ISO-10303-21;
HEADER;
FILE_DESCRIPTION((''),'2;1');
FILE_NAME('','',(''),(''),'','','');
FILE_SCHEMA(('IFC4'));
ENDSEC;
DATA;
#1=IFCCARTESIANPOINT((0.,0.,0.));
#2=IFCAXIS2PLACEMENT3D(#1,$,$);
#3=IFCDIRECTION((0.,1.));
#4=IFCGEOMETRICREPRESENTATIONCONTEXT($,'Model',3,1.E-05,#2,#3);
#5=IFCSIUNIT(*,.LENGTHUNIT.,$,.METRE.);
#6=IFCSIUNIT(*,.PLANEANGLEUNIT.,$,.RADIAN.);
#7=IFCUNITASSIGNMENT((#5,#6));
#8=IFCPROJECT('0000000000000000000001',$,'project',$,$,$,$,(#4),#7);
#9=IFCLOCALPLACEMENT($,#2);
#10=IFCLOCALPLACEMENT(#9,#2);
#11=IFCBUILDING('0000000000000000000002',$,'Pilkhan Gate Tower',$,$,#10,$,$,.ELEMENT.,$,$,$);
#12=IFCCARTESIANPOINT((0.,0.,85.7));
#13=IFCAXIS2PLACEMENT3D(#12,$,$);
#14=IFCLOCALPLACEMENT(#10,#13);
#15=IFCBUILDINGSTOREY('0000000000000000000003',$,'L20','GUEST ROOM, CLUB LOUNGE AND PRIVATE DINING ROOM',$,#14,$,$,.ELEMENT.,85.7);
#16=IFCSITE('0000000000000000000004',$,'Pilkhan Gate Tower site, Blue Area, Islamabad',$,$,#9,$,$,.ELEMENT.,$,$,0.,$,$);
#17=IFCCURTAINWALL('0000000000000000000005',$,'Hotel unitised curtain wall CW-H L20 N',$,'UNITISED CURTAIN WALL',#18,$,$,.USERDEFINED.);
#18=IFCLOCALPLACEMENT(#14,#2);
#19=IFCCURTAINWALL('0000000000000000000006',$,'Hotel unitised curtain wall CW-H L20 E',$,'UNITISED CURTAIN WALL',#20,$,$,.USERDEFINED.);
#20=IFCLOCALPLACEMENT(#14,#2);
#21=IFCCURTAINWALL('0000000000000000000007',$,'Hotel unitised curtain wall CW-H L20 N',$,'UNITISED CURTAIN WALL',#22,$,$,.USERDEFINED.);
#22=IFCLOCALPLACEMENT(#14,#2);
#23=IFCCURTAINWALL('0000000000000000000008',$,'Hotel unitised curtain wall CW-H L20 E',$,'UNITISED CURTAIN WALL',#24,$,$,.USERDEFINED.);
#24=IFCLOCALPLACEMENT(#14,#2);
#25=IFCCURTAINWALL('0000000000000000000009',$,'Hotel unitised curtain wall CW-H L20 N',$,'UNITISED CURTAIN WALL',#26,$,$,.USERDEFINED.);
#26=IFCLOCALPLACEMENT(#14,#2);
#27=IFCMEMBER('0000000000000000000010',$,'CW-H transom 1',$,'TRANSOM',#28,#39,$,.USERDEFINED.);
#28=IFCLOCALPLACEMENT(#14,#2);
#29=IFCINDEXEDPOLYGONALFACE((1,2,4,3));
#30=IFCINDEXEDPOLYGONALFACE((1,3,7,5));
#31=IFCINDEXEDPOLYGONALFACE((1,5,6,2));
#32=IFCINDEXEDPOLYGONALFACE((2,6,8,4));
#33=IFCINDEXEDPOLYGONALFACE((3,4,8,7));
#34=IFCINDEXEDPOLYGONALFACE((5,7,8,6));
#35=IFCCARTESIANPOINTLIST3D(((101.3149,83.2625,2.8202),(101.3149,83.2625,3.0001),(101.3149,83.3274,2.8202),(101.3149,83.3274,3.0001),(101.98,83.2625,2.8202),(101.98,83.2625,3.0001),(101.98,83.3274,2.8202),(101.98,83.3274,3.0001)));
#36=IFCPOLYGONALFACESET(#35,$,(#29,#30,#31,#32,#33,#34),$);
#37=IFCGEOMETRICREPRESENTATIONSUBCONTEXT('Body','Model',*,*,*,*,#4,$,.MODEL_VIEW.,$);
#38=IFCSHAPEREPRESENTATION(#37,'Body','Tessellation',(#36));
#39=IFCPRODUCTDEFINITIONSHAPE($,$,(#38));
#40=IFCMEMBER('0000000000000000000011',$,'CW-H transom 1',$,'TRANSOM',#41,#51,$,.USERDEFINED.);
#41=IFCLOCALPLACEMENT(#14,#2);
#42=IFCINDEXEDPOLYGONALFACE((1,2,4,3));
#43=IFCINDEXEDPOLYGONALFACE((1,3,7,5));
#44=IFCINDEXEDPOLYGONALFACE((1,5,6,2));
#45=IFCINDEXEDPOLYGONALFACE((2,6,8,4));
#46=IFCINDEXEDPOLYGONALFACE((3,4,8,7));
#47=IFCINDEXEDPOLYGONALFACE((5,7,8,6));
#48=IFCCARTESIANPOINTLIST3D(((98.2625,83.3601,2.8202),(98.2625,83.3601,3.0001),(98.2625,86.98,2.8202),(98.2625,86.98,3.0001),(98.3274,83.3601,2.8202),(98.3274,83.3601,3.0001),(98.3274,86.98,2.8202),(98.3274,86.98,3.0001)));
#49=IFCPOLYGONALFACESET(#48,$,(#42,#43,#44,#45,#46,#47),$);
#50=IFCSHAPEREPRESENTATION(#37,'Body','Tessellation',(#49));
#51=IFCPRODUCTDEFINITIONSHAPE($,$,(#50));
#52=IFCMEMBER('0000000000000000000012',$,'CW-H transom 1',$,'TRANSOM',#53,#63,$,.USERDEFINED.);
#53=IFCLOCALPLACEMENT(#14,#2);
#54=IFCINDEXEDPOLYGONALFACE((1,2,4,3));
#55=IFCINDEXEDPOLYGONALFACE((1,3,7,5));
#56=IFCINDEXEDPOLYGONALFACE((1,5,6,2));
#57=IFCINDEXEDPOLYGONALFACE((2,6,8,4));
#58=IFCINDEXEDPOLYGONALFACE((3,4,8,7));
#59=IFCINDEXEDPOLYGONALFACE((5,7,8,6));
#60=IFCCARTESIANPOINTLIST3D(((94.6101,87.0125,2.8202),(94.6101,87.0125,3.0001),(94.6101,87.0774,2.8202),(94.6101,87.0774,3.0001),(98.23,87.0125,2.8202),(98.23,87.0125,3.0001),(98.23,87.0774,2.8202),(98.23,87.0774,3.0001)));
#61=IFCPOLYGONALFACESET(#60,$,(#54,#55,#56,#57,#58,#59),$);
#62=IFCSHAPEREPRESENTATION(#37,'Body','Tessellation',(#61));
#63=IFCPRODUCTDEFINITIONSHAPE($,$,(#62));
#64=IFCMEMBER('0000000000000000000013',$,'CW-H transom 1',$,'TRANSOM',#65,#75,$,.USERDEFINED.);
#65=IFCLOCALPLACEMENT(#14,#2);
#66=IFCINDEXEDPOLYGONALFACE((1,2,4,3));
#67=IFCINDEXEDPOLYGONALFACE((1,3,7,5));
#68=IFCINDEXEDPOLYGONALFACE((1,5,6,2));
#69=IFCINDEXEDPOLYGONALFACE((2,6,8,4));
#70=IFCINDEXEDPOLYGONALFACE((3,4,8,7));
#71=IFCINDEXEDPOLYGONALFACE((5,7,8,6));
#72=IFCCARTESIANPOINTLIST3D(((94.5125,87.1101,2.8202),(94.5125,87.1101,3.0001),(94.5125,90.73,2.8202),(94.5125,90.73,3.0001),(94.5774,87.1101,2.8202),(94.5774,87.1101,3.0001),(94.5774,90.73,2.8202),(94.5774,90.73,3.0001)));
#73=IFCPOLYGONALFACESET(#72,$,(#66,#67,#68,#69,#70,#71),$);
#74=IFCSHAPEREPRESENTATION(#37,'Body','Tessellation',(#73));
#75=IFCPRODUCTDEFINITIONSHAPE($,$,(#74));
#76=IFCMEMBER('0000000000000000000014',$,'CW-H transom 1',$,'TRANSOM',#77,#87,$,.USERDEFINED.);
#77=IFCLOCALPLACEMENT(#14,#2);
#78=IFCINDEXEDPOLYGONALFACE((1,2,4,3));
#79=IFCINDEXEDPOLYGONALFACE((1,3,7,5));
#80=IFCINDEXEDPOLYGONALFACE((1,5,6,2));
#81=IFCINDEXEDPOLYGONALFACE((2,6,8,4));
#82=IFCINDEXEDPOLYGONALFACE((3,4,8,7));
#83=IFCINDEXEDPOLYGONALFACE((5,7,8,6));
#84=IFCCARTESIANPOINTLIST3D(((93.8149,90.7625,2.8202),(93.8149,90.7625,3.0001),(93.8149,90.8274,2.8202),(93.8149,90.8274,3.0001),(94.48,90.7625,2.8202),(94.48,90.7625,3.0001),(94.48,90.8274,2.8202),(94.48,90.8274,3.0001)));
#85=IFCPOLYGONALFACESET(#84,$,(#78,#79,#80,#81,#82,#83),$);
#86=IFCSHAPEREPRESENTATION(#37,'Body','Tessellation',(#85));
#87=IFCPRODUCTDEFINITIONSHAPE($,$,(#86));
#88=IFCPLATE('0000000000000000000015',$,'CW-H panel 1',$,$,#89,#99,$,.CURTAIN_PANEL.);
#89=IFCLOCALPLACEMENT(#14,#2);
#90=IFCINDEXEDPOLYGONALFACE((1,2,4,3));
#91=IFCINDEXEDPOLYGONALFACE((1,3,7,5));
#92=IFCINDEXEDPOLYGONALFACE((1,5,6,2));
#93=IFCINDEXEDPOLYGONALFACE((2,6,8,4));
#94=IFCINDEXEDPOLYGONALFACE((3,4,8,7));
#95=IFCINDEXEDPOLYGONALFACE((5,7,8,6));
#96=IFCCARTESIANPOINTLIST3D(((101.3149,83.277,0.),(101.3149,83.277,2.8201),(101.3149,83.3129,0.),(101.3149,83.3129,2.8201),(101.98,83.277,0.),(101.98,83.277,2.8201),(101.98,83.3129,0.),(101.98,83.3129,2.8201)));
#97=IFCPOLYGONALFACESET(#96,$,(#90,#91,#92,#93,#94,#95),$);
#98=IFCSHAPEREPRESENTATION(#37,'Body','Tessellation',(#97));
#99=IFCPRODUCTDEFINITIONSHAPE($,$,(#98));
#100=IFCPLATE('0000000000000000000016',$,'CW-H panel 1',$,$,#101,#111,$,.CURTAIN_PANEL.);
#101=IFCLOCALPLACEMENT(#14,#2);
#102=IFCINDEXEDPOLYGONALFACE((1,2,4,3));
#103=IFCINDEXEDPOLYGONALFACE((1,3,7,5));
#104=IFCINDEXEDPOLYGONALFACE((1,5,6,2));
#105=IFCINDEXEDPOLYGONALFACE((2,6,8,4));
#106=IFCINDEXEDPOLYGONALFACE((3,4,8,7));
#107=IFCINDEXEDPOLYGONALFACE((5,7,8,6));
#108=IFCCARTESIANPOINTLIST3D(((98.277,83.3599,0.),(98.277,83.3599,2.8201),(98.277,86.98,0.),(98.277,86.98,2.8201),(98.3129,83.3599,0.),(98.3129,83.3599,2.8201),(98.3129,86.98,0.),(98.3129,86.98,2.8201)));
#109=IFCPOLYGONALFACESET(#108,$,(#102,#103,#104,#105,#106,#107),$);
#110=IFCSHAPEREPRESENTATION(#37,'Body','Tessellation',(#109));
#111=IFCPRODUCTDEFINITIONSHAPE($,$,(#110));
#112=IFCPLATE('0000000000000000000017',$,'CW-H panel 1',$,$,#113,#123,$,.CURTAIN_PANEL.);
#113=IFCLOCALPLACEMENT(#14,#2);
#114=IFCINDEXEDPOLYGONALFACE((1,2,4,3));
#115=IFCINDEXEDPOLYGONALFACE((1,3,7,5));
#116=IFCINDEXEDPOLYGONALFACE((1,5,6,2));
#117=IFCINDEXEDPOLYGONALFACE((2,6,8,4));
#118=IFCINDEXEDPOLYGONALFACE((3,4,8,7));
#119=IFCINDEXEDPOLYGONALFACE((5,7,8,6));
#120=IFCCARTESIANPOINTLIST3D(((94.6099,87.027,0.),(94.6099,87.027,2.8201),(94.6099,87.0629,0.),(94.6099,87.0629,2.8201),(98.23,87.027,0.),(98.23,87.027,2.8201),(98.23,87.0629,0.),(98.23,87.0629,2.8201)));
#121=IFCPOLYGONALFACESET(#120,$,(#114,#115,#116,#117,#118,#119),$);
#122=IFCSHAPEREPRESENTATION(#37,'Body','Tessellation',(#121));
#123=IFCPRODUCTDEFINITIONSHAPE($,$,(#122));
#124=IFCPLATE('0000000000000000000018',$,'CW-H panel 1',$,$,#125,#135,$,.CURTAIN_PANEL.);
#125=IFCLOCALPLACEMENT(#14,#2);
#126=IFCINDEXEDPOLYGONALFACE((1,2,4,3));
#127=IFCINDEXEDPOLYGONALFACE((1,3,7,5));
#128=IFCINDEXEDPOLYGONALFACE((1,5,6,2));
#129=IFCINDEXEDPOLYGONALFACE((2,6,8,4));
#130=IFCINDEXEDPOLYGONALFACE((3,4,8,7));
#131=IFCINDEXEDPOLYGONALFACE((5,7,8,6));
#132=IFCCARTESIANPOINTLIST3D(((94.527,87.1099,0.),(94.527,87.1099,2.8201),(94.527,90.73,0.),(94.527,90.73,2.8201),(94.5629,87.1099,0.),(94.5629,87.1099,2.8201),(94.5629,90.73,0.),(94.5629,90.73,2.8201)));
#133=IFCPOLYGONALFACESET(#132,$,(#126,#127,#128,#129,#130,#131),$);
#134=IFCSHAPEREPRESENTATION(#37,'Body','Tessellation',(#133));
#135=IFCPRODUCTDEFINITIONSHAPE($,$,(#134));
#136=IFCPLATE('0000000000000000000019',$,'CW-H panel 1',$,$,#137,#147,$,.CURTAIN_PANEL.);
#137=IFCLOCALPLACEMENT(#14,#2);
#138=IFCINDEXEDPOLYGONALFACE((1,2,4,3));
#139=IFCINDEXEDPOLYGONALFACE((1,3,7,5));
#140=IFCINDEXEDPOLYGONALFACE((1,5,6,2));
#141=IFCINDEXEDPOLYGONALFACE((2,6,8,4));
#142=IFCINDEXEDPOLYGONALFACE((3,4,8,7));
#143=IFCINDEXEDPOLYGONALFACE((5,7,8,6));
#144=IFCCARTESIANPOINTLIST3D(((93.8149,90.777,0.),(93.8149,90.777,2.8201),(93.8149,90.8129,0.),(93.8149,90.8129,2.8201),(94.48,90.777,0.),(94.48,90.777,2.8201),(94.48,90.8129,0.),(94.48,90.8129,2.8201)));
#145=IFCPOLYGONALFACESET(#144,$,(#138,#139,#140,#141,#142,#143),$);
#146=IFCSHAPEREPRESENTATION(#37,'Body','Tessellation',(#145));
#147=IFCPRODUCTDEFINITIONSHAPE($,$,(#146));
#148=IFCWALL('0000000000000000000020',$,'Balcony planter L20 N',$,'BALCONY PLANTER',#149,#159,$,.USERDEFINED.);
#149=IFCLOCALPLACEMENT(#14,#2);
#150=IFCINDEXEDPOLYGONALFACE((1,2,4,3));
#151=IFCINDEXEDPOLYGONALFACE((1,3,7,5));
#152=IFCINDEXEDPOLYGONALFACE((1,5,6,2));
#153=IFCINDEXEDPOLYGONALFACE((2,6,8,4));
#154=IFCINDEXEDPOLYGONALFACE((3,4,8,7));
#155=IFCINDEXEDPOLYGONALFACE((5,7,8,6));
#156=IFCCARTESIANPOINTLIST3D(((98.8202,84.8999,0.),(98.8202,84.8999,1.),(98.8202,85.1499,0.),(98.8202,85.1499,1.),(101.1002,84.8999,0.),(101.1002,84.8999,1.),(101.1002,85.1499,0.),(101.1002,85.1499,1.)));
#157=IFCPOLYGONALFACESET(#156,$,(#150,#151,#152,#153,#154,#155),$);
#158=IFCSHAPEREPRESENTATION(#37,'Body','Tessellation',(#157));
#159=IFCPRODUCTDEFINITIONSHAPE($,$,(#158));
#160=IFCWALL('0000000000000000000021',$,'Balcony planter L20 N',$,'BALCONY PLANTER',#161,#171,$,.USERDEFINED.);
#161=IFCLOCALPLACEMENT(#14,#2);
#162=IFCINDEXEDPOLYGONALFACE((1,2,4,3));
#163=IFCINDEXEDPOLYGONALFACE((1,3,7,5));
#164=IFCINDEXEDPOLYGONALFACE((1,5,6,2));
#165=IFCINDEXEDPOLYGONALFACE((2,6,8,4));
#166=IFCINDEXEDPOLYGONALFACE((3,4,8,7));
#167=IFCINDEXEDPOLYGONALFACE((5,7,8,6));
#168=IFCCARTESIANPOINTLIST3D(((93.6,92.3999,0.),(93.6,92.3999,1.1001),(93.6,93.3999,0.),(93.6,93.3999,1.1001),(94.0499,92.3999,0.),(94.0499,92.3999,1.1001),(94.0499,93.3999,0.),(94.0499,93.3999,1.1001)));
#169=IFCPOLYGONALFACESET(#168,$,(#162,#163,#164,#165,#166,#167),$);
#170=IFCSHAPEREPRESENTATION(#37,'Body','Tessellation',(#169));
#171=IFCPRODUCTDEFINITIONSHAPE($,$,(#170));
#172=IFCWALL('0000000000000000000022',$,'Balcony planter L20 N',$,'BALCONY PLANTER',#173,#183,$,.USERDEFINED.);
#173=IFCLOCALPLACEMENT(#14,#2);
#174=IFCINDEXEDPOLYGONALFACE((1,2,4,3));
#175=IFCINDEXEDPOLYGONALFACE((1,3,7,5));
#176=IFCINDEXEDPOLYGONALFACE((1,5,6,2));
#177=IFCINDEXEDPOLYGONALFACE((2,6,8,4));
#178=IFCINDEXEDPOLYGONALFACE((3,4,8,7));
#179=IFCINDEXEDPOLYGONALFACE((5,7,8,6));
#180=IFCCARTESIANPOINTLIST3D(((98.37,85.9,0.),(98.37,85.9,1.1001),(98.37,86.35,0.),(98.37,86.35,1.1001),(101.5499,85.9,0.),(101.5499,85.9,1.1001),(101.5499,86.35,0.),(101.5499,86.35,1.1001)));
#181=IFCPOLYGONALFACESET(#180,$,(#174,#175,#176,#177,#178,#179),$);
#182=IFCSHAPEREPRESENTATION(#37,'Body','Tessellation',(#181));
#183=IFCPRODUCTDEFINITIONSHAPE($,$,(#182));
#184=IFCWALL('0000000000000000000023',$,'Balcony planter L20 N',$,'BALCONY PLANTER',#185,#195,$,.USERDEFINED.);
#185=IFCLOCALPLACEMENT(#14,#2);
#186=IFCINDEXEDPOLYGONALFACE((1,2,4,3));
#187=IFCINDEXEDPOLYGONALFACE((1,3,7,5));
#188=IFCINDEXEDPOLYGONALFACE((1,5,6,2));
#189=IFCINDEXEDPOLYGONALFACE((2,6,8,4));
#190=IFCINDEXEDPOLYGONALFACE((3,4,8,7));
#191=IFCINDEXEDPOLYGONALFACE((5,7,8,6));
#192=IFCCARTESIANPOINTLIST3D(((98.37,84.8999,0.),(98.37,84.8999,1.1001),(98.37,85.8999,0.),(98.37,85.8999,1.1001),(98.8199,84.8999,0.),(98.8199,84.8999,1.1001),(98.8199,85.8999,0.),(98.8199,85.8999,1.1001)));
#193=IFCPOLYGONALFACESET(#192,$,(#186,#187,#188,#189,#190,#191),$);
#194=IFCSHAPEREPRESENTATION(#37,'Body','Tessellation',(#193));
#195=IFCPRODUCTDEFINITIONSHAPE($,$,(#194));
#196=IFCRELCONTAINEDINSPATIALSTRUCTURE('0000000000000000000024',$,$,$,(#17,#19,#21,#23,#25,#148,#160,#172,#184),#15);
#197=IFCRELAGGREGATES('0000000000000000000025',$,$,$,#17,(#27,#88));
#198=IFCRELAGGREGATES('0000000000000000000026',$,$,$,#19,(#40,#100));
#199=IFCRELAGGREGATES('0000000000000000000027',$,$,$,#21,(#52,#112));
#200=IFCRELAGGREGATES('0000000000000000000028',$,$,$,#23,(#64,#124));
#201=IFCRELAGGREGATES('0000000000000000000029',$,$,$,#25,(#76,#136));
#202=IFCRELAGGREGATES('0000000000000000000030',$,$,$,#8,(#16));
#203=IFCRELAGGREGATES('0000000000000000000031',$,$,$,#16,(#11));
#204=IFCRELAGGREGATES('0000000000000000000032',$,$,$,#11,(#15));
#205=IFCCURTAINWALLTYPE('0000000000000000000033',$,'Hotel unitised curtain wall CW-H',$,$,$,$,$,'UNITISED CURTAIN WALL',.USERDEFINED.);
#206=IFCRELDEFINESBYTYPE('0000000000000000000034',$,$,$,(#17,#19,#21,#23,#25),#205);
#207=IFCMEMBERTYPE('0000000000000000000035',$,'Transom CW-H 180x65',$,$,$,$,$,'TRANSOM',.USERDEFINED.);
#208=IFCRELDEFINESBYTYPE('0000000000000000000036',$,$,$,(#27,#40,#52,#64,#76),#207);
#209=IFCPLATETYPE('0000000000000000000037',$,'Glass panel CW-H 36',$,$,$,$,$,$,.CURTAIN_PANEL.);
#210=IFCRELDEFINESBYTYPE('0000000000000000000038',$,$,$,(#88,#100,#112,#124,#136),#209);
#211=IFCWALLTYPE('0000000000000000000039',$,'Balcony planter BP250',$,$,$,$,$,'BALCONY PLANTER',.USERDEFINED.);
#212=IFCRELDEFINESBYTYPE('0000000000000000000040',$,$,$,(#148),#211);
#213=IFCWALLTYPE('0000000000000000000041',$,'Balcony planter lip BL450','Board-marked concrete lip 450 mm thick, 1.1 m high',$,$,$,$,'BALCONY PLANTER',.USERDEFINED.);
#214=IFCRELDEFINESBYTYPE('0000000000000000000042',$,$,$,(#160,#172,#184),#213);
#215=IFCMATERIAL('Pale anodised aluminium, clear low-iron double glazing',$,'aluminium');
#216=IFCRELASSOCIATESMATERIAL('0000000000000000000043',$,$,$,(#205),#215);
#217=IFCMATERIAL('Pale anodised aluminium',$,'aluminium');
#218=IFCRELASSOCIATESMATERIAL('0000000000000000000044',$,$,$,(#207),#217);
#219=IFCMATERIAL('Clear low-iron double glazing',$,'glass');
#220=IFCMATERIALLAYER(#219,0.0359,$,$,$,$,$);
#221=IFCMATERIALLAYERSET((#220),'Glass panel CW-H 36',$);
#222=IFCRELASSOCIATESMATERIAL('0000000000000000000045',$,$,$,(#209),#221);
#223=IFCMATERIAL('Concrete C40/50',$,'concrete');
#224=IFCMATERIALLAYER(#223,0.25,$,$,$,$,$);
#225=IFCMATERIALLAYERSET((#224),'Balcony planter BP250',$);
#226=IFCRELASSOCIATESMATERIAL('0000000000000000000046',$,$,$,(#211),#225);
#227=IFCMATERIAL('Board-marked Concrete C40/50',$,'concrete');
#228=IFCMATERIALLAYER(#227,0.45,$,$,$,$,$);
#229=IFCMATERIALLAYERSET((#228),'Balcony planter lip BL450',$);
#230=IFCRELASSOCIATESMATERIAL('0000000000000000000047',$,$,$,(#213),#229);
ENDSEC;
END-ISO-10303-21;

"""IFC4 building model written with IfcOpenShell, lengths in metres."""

from ifc_helpers import new_model, si_unit, direction, frame, frame_2d, origin, origin_2d, place, context, subcontext, project, spatial, rectangle, extrude, material, layer, layer_set, material_profile, profile_set, type_object, element, aggregate, save


model = new_model("IFC4")

# Units and contexts
model_context = context("Model", 3, precision=1e-05, world=origin(), true_north=direction((0.0, 1.0)))
body_context = subcontext(model_context, "Body", "Model", "MODEL_VIEW")
ifc_project = project(units=[si_unit("LENGTHUNIT", "METRE"), si_unit("PLANEANGLEUNIT", "RADIAN")], contexts=[model_context])

# Site, building, storey
site_placement = place(None, origin())
site = spatial("IfcSite", under=ifc_project, at=site_placement, Name="Pilkhan Gate Tower site, Blue Area, Islamabad", CompositionType="ELEMENT", RefElevation=0.0)
building_placement = place(site_placement, origin())
building = spatial("IfcBuilding", under=site, at=building_placement, Name="Pilkhan Gate Tower", CompositionType="ELEMENT")
storey_placement = place(building_placement, frame((0.0, 0.0, 85.7)))
storey = spatial("IfcBuildingStorey", under=building, at=storey_placement, Name="L20", Description="GUEST ROOM, CLUB LOUNGE AND PRIVATE DINING ROOM", CompositionType="ELEMENT", Elevation=85.7)

# Curtain walls
ifc_material_1 = material(Name="Pale anodised aluminium, clear low-iron double glazing", Category="aluminium")
curtain_wall_type = type_object("IfcCurtainWallType", Name="Hotel unitised curtain wall CW-H", ElementType="UNITISED CURTAIN WALL", PredefinedType="USERDEFINED", material=ifc_material_1)
curtain_wall_1_placement = place(storey_placement, origin())
curtain_wall_1 = element("IfcCurtainWall", 1, at=curtain_wall_1_placement, inside=storey, type_object=curtain_wall_type, Name="Hotel unitised curtain wall CW-H L20 N", ObjectType="UNITISED CURTAIN WALL", PredefinedType="USERDEFINED")
ifc_material_2 = material(Name="Pale anodised aluminium", Category="aluminium")
curtain_wall_2_placement = place(storey_placement, origin())
curtain_wall_2 = element("IfcCurtainWall", 2, at=curtain_wall_2_placement, inside=storey, type_object=curtain_wall_type, Name="Hotel unitised curtain wall CW-H L20 E", ObjectType="UNITISED CURTAIN WALL", PredefinedType="USERDEFINED")
curtain_wall_3_placement = place(storey_placement, origin())
curtain_wall_3 = element("IfcCurtainWall", 3, at=curtain_wall_3_placement, inside=storey, type_object=curtain_wall_type, Name="Hotel unitised curtain wall CW-H L20 N", ObjectType="UNITISED CURTAIN WALL", PredefinedType="USERDEFINED")
curtain_wall_4_placement = place(storey_placement, origin())
curtain_wall_4 = element("IfcCurtainWall", 4, at=curtain_wall_4_placement, inside=storey, type_object=curtain_wall_type, Name="Hotel unitised curtain wall CW-H L20 E", ObjectType="UNITISED CURTAIN WALL", PredefinedType="USERDEFINED")
curtain_wall_5_placement = place(storey_placement, origin())
curtain_wall_5 = element("IfcCurtainWall", 5, at=curtain_wall_5_placement, inside=storey, type_object=curtain_wall_type, Name="Hotel unitised curtain wall CW-H L20 N", ObjectType="UNITISED CURTAIN WALL", PredefinedType="USERDEFINED")

# Members
ifc_material_profile_1 = material_profile(ifc_material_2, rectangle(XDim=0.0649, YDim=0.1799, at=origin_2d()), Name="Transom 180x65")
ifc_profile_set_1 = profile_set([ifc_material_profile_1], Name="Pale anodised aluminium")
member_type_1 = type_object("IfcMemberType", Name="Transom CW-H 180x65", ElementType="TRANSOM", PredefinedType="USERDEFINED", material=ifc_profile_set_1)
member_1_placement = place(storey_placement, frame((101.3149, 83.2949, 2.9102), z_axis=(1.0, 0.0, 0.0), x_axis=(0.0, 1.0, 0.0)))
member_1 = element("IfcMember", 6, at=member_1_placement, type_object=member_type_1, Name="CW-H transom 1", ObjectType="TRANSOM", PredefinedType="USERDEFINED", context=body_context, shape_type="SweptSolid", body=[
    extrude(rectangle(XDim=0.0649, YDim=0.1799, at=origin_2d()), origin(), (0.0, 0.0, 1.0), 0.665),
])
member_2_placement = place(storey_placement, frame((98.2949, 83.3601, 2.9102), z_axis=(0.0, 1.0, 0.0), x_axis=(-1.0, 0.0, 0.0)))
member_2 = element("IfcMember", 7, at=member_2_placement, type_object=member_type_1, Name="CW-H transom 1", ObjectType="TRANSOM", PredefinedType="USERDEFINED", context=body_context, shape_type="SweptSolid", body=[
    extrude(rectangle(XDim=0.0649, YDim=0.1799, at=origin_2d()), origin(), (0.0, 0.0, 1.0), 3.6199),
])
member_3_placement = place(storey_placement, frame((94.6101, 87.0449, 2.9102), z_axis=(1.0, 0.0, 0.0), x_axis=(0.0, 1.0, 0.0)))
member_3 = element("IfcMember", 8, at=member_3_placement, type_object=member_type_1, Name="CW-H transom 1", ObjectType="TRANSOM", PredefinedType="USERDEFINED", context=body_context, shape_type="SweptSolid", body=[
    extrude(rectangle(XDim=0.0649, YDim=0.1799, at=origin_2d()), origin(), (0.0, 0.0, 1.0), 3.6199),
])
member_4_placement = place(storey_placement, frame((94.5449, 87.1101, 2.9102), z_axis=(0.0, 1.0, 0.0), x_axis=(-1.0, 0.0, 0.0)))
member_4 = element("IfcMember", 9, at=member_4_placement, type_object=member_type_1, Name="CW-H transom 1", ObjectType="TRANSOM", PredefinedType="USERDEFINED", context=body_context, shape_type="SweptSolid", body=[
    extrude(rectangle(XDim=0.0649, YDim=0.1799, at=origin_2d()), origin(), (0.0, 0.0, 1.0), 3.6199),
])
member_5_placement = place(storey_placement, frame((93.8149, 90.7949, 2.9102), z_axis=(1.0, 0.0, 0.0), x_axis=(0.0, 1.0, 0.0)))
member_5 = element("IfcMember", 10, at=member_5_placement, type_object=member_type_1, Name="CW-H transom 1", ObjectType="TRANSOM", PredefinedType="USERDEFINED", context=body_context, shape_type="SweptSolid", body=[
    extrude(rectangle(XDim=0.0649, YDim=0.1799, at=origin_2d()), origin(), (0.0, 0.0, 1.0), 0.665),
])

# Plates
ifc_material_3 = material(Name="Clear low-iron double glazing", Category="glass")
ifc_layer_1 = layer(ifc_material_3, 0.0359)
ifc_layer_set_1 = layer_set([ifc_layer_1], Name="Glass panel CW-H 36")
plate_type = type_object("IfcPlateType", Name="Glass panel CW-H 36", PredefinedType="CURTAIN_PANEL", material=ifc_layer_set_1)
plate_1_placement = place(storey_placement, frame((101.6475, 83.2949, 0.0), z_axis=(0.0, 0.0, 1.0), x_axis=(1.0, 0.0, 0.0)))
plate_1 = element("IfcPlate", 11, at=plate_1_placement, type_object=plate_type, Name="CW-H panel 1", PredefinedType="CURTAIN_PANEL", context=body_context, shape_type="SweptSolid", body=[
    extrude(rectangle(XDim=0.665, YDim=0.0359, at=origin_2d()), origin(), (0.0, 0.0, 1.0), 2.8201),
])
aggregate(curtain_wall_1, [member_1, plate_1])
plate_2_placement = place(storey_placement, frame((98.2949, 85.1699, 0.0), z_axis=(0.0, 0.0, 1.0), x_axis=(0.0, 1.0, 0.0)))
plate_2 = element("IfcPlate", 12, at=plate_2_placement, type_object=plate_type, Name="CW-H panel 1", PredefinedType="CURTAIN_PANEL", context=body_context, shape_type="SweptSolid", body=[
    extrude(rectangle(XDim=3.6201, YDim=0.0359, at=origin_2d()), origin(), (0.0, 0.0, 1.0), 2.8201),
])
aggregate(curtain_wall_2, [member_2, plate_2])
plate_3_placement = place(storey_placement, frame((96.4199, 87.0449, 0.0), z_axis=(0.0, 0.0, 1.0), x_axis=(1.0, 0.0, 0.0)))
plate_3 = element("IfcPlate", 13, at=plate_3_placement, type_object=plate_type, Name="CW-H panel 1", PredefinedType="CURTAIN_PANEL", context=body_context, shape_type="SweptSolid", body=[
    extrude(rectangle(XDim=3.6201, YDim=0.0359, at=origin_2d()), origin(), (0.0, 0.0, 1.0), 2.8201),
])
aggregate(curtain_wall_3, [member_3, plate_3])
plate_4_placement = place(storey_placement, frame((94.5449, 88.9199, 0.0), z_axis=(0.0, 0.0, 1.0), x_axis=(0.0, 1.0, 0.0)))
plate_4 = element("IfcPlate", 14, at=plate_4_placement, type_object=plate_type, Name="CW-H panel 1", PredefinedType="CURTAIN_PANEL", context=body_context, shape_type="SweptSolid", body=[
    extrude(rectangle(XDim=3.6201, YDim=0.0359, at=origin_2d()), origin(), (0.0, 0.0, 1.0), 2.8201),
])
aggregate(curtain_wall_4, [member_4, plate_4])
plate_5_placement = place(storey_placement, frame((94.1475, 90.7949, 0.0), z_axis=(0.0, 0.0, 1.0), x_axis=(1.0, 0.0, 0.0)))
plate_5 = element("IfcPlate", 15, at=plate_5_placement, type_object=plate_type, Name="CW-H panel 1", PredefinedType="CURTAIN_PANEL", context=body_context, shape_type="SweptSolid", body=[
    extrude(rectangle(XDim=0.665, YDim=0.0359, at=origin_2d()), origin(), (0.0, 0.0, 1.0), 2.8201),
])
aggregate(curtain_wall_5, [member_5, plate_5])

# Walls
ifc_material_4 = material(Name="Concrete C40/50", Category="concrete")
ifc_layer_2 = layer(ifc_material_4, 0.25)
ifc_layer_set_2 = layer_set([ifc_layer_2], Name="Balcony planter BP250")
wall_type_1 = type_object("IfcWallType", Name="Balcony planter BP250", ElementType="BALCONY PLANTER", PredefinedType="USERDEFINED", material=ifc_layer_set_2)
wall_1_placement = place(storey_placement, frame((98.8201, 85.0249, 0.0), z_axis=(0.0, 0.0, 1.0), x_axis=(1.0, 0.0, 0.0)))
element("IfcWall", 16, at=wall_1_placement, inside=storey, type_object=wall_type_1, Name="Balcony planter L20 N", ObjectType="BALCONY PLANTER", PredefinedType="USERDEFINED", context=body_context, shape_type="SweptSolid", body=[
    extrude(rectangle(XDim=2.28, YDim=0.25, at=frame_2d((1.1401, 0.0))), origin(), (0.0, 0.0, 1.0), 1.0),
])
ifc_material_5 = material(Name="Board-marked Concrete C40/50", Category="concrete")
ifc_layer_3 = layer(ifc_material_5, 0.45)
ifc_layer_set_3 = layer_set([ifc_layer_3], Name="Balcony planter lip BL450")
wall_type_2 = type_object("IfcWallType", Name="Balcony planter lip BL450", Description="Board-marked concrete lip 450 mm thick, 1.1 m high", ElementType="BALCONY PLANTER", PredefinedType="USERDEFINED", material=ifc_layer_set_3)
wall_2_placement = place(storey_placement, frame((93.825, 92.3999, 0.0), z_axis=(0.0, 0.0, 1.0), x_axis=(0.0, 1.0, 0.0)))
element("IfcWall", 17, at=wall_2_placement, inside=storey, type_object=wall_type_2, Name="Balcony planter L20 N", ObjectType="BALCONY PLANTER", PredefinedType="USERDEFINED", context=body_context, shape_type="SweptSolid", body=[
    extrude(rectangle(XDim=1.0, YDim=0.45, at=frame_2d((0.5, 0.0))), origin(), (0.0, 0.0, 1.0), 1.1001),
])
wall_3_placement = place(storey_placement, frame((98.3701, 86.125, 0.0), z_axis=(0.0, 0.0, 1.0), x_axis=(1.0, 0.0, 0.0)))
element("IfcWall", 18, at=wall_3_placement, inside=storey, type_object=wall_type_2, Name="Balcony planter L20 N", ObjectType="BALCONY PLANTER", PredefinedType="USERDEFINED", context=body_context, shape_type="SweptSolid", body=[
    extrude(rectangle(XDim=3.1799, YDim=0.45, at=frame_2d((1.5898, 0.0))), origin(), (0.0, 0.0, 1.0), 1.1001),
])
for number, where, z_axis, x_axis, name in (
    (19, (98.595, 84.8999, 0.0), (0.0, 0.0, 1.0), (0.0, 1.0, 0.0), "Balcony planter L20 N"),
):
    element("IfcWall", number, at=place(storey_placement, frame(where, z_axis=z_axis, x_axis=x_axis)), inside=storey, type_object=wall_type_2, Name=name, ObjectType="BALCONY PLANTER", PredefinedType="USERDEFINED", context=body_context, shape_type="SweptSolid", body=[
        extrude(rectangle(XDim=1.0, YDim=0.45, at=frame_2d((0.5, 0.0))), origin(), (0.0, 0.0, 1.0), 1.1001),
    ])

save(model, "model.ifc")
